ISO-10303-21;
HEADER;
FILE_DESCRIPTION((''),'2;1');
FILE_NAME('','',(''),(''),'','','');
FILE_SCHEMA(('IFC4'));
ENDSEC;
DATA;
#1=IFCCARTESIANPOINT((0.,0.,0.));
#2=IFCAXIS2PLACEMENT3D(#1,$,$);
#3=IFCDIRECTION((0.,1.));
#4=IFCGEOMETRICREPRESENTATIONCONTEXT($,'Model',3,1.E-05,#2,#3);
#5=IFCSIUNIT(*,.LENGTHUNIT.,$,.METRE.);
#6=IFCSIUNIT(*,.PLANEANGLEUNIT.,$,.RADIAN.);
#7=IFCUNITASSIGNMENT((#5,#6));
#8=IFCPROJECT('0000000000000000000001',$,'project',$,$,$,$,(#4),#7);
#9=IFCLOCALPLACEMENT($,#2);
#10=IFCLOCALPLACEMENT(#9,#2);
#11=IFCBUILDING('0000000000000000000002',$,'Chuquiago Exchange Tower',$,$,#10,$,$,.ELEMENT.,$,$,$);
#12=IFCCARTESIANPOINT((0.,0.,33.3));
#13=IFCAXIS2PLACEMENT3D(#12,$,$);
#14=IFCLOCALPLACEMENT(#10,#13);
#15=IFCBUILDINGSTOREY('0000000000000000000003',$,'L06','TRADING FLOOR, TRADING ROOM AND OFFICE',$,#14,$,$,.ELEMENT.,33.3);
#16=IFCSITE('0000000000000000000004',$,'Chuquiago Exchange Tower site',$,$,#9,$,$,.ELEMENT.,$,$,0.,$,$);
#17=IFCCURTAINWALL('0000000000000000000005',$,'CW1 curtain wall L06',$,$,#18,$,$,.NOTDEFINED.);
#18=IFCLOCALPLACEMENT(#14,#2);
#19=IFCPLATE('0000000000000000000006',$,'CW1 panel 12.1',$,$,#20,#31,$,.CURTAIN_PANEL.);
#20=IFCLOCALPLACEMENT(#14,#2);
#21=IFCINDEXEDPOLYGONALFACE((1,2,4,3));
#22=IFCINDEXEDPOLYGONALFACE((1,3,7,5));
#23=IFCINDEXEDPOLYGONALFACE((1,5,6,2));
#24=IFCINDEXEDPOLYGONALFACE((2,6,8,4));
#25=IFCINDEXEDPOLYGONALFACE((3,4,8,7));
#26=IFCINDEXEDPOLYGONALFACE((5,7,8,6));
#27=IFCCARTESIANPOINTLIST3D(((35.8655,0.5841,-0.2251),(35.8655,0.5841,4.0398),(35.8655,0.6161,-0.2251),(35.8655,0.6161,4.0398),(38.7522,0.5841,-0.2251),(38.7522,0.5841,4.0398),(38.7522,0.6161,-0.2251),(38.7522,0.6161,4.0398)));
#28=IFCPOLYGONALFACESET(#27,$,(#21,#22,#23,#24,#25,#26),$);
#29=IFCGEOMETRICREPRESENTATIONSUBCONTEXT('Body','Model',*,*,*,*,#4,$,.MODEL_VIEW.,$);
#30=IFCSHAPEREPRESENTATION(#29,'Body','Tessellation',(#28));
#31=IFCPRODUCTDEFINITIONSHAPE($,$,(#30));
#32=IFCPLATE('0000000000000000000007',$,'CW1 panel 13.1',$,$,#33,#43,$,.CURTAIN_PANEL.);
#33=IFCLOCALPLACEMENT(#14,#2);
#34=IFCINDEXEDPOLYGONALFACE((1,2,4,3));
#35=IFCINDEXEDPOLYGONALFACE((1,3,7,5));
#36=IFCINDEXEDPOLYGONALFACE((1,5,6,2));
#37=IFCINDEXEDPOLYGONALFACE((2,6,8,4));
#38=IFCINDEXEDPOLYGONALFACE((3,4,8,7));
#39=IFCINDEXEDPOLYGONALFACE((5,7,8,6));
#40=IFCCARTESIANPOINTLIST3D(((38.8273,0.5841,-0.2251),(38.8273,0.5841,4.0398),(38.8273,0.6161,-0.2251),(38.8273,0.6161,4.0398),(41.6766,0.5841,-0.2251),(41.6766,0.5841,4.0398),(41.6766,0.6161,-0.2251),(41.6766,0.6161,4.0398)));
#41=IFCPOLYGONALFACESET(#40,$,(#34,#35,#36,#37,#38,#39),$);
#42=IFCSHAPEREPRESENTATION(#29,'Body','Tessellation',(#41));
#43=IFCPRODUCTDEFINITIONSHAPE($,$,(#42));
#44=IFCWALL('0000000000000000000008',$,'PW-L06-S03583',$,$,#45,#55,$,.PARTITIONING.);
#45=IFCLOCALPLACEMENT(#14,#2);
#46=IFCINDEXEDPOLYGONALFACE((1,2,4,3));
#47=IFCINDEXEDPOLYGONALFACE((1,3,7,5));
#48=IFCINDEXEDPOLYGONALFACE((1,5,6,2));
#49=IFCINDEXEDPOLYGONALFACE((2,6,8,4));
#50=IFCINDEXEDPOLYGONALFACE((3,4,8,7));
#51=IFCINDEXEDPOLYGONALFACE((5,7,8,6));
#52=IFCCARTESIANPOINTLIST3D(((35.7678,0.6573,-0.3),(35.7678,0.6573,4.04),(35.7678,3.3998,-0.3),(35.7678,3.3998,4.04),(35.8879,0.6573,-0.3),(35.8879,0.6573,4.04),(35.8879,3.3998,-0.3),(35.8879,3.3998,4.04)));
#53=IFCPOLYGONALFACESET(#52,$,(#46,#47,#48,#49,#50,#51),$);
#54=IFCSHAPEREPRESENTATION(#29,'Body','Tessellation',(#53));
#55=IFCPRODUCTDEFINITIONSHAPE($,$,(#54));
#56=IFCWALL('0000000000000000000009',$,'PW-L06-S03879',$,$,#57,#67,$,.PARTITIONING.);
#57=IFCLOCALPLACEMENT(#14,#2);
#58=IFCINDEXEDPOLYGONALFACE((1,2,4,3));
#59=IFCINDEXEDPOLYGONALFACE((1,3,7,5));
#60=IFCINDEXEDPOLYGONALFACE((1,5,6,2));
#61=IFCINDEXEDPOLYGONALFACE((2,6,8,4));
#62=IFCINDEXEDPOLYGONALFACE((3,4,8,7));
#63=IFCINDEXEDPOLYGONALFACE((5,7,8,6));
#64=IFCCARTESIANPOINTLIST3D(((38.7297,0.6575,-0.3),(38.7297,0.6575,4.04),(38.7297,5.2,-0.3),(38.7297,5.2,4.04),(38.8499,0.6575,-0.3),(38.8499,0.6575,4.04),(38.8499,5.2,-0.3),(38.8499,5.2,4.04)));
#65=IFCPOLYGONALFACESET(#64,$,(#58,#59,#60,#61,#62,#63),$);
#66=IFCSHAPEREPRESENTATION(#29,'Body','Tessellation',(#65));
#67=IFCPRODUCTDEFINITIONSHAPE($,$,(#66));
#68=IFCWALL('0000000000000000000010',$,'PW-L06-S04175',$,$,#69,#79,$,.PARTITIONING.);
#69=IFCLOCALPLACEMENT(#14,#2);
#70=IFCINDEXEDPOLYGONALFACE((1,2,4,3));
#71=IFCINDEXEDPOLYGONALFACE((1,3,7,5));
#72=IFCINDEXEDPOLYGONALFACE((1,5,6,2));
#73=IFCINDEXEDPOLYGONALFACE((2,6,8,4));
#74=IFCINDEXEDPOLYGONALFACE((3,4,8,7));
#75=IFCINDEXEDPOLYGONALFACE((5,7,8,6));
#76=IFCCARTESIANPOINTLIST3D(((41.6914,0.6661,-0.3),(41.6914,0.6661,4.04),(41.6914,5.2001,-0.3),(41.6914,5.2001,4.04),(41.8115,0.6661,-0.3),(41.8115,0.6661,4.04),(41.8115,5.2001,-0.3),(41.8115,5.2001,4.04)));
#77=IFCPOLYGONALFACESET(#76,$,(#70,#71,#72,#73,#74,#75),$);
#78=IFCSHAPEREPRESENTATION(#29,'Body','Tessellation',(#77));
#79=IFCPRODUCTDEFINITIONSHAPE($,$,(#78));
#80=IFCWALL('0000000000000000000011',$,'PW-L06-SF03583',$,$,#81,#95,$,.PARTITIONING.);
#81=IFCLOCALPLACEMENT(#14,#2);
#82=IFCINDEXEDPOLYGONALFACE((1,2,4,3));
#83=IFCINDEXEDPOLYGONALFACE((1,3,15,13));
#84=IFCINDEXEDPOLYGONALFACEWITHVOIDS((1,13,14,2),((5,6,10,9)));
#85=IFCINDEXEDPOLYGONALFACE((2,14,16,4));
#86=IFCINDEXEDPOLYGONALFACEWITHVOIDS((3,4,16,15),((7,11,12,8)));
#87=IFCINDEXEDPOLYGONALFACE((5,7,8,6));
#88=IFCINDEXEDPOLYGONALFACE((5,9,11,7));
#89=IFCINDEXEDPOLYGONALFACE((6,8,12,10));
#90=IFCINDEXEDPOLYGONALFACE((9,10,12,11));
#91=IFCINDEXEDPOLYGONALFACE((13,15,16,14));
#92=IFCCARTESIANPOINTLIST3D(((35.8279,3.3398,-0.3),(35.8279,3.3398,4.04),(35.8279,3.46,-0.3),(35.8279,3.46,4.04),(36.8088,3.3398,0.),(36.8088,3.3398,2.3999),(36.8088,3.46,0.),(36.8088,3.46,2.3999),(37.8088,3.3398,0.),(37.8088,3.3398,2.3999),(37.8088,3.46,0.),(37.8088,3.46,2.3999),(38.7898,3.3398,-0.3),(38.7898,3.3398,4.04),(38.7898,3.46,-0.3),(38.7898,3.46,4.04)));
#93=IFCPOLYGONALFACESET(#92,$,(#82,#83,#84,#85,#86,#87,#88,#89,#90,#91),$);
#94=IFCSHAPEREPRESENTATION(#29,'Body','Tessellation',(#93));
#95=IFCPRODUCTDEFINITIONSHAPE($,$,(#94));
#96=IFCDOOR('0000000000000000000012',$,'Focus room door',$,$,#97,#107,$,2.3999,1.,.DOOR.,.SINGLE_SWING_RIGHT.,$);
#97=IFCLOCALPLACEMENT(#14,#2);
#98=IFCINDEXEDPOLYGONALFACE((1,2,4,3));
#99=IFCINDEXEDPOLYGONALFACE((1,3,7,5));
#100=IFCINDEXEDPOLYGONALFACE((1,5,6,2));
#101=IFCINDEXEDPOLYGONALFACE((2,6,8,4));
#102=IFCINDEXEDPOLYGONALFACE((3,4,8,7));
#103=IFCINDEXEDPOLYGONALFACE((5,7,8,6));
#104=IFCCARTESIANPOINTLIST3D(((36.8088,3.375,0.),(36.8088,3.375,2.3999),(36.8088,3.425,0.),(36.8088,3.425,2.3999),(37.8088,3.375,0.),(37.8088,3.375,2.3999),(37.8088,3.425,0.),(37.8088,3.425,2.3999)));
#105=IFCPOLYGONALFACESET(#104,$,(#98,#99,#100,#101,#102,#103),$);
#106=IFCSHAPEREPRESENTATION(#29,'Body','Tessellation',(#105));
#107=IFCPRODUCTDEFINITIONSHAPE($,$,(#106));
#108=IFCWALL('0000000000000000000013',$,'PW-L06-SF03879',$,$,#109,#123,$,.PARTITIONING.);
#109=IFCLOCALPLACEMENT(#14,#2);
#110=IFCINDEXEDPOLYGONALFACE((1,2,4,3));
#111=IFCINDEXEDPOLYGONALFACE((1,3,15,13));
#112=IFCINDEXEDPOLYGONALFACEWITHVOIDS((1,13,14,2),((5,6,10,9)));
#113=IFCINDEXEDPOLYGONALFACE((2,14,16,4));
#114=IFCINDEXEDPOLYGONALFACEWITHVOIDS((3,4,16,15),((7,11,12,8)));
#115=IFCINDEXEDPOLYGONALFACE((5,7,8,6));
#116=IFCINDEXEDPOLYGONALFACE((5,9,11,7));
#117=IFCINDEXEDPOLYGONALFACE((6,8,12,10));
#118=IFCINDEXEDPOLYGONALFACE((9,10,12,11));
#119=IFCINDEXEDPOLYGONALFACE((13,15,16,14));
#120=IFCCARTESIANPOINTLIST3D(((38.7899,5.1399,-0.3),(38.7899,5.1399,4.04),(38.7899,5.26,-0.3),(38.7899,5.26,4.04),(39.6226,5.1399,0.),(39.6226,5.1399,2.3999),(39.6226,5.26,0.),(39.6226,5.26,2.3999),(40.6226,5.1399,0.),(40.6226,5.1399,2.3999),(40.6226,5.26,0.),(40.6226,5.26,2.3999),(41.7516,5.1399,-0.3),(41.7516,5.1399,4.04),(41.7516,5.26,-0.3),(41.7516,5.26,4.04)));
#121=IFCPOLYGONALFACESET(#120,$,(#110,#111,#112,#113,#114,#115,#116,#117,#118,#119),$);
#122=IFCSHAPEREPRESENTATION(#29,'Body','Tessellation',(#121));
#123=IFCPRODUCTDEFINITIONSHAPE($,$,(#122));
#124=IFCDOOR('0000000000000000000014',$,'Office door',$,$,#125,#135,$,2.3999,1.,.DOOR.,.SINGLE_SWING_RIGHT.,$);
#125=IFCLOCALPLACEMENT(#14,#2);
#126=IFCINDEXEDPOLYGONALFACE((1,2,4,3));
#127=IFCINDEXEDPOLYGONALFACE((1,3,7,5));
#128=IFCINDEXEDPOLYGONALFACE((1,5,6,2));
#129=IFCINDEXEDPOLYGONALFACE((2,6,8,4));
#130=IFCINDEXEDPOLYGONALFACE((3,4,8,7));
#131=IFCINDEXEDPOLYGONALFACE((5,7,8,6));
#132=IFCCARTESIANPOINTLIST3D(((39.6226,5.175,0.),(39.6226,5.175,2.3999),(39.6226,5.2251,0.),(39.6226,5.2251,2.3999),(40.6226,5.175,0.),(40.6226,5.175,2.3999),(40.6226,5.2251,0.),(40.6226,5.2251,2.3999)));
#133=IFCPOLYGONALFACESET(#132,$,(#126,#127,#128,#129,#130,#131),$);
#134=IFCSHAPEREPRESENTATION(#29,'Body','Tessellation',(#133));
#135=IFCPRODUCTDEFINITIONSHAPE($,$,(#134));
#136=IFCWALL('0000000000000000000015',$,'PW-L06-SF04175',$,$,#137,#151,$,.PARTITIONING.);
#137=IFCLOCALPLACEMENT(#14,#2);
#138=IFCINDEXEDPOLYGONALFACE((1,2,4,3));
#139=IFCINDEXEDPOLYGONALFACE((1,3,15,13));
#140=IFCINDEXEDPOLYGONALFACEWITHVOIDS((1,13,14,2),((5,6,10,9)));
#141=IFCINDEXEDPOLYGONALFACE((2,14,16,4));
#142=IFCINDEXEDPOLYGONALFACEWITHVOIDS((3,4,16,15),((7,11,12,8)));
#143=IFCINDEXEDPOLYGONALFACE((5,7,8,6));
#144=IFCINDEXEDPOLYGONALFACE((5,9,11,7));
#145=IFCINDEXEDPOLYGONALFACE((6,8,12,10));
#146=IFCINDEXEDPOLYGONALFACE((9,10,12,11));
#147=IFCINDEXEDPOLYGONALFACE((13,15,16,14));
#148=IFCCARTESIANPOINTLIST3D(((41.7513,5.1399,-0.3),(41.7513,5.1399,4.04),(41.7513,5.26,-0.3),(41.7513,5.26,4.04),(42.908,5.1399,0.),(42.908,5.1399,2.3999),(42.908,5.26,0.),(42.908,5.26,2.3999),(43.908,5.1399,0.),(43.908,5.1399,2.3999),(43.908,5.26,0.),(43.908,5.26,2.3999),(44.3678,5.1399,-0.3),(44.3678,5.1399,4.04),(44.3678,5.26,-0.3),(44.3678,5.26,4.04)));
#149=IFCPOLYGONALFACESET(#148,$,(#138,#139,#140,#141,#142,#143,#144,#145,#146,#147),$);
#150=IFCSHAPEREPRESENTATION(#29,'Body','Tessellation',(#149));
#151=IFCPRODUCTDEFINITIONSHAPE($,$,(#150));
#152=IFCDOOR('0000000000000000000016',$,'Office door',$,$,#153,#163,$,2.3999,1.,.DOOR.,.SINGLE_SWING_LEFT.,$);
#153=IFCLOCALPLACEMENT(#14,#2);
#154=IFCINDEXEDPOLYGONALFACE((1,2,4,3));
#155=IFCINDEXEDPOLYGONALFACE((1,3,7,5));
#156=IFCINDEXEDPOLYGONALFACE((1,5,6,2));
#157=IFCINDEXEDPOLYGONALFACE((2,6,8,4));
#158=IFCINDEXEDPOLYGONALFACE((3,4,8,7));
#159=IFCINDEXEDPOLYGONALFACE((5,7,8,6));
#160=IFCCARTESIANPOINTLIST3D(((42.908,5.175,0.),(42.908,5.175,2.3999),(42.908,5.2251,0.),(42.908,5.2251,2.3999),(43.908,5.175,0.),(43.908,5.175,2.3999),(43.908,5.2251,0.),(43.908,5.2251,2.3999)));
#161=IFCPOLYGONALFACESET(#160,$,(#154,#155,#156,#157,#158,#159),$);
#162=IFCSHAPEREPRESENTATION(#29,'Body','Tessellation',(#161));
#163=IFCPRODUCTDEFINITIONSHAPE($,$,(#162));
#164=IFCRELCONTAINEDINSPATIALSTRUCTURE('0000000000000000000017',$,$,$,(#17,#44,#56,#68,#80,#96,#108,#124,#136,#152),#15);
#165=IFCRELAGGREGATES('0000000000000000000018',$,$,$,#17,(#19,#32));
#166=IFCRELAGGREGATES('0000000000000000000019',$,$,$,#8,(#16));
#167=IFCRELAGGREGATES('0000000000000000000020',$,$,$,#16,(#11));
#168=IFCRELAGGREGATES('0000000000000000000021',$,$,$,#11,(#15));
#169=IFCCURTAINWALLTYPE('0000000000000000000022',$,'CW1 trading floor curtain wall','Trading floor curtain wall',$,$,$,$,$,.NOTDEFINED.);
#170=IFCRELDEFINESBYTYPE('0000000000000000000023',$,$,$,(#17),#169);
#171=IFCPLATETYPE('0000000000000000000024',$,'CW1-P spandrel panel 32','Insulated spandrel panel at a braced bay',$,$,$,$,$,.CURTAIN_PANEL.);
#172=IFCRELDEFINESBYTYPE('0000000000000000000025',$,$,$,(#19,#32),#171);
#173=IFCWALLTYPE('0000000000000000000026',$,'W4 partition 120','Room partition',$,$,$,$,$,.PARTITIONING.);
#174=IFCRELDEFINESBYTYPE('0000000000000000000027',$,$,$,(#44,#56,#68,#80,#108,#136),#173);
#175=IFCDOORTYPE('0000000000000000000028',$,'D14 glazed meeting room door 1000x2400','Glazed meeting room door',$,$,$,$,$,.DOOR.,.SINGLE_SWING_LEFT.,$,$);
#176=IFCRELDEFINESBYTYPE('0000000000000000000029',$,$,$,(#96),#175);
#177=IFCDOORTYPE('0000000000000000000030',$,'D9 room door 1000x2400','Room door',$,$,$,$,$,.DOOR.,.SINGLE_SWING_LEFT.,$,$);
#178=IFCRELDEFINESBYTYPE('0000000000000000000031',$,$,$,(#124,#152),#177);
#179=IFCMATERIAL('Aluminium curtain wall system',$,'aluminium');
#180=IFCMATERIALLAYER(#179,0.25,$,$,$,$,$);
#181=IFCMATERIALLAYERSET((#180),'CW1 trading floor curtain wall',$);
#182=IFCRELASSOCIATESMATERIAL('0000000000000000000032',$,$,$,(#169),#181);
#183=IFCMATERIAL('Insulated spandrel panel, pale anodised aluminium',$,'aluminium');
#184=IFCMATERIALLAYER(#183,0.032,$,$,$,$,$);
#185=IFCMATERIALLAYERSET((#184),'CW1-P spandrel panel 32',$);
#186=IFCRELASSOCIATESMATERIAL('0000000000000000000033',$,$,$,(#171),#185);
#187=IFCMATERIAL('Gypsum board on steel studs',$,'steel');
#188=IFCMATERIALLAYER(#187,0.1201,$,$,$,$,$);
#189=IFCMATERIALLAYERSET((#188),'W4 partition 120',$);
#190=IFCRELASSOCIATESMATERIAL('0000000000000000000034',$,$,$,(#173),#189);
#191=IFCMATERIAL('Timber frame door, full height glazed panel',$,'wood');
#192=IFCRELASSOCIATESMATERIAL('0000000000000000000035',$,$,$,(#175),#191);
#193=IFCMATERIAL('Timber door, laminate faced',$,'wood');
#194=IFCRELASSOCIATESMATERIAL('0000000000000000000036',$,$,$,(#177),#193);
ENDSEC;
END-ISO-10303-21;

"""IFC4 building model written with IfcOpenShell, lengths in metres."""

from ifc_helpers import new_model, si_unit, direction, frame, frame_2d, origin, origin_2d, place, context, subcontext, project, spatial, rectangle, extrude, material, layer, layer_set, type_object, element, fill, aggregate, save


model = new_model("IFC4")

# Units and contexts
model_context = context("Model", 3, precision=1e-05, world=origin(), true_north=direction((0.0, 1.0)))
body_context = subcontext(model_context, "Body", "Model", "MODEL_VIEW")
ifc_project = project(units=[si_unit("LENGTHUNIT", "METRE"), si_unit("PLANEANGLEUNIT", "RADIAN")], contexts=[model_context])

# Site, building, storey
site_placement = place(None, origin())
site = spatial("IfcSite", under=ifc_project, at=site_placement, Name="Chuquiago Exchange Tower site", CompositionType="ELEMENT", RefElevation=0.0)
building_placement = place(site_placement, origin())
building = spatial("IfcBuilding", under=site, at=building_placement, Name="Chuquiago Exchange Tower", CompositionType="ELEMENT")
storey_placement = place(building_placement, frame((0.0, 0.0, 33.3)))
storey = spatial("IfcBuildingStorey", under=building, at=storey_placement, Name="L06", Description="TRADING FLOOR, TRADING ROOM AND OFFICE", CompositionType="ELEMENT", Elevation=33.3)

# Curtain wall
ifc_material_1 = material(Name="Aluminium curtain wall system", Category="aluminium")
ifc_layer_1 = layer(ifc_material_1, 0.25)
ifc_layer_set_1 = layer_set([ifc_layer_1], Name="CW1 trading floor curtain wall")
curtain_wall_type = type_object("IfcCurtainWallType", Name="CW1 trading floor curtain wall", Description="Trading floor curtain wall", PredefinedType="NOTDEFINED", material=ifc_layer_set_1)
curtain_wall_placement = place(storey_placement, origin())
curtain_wall = element("IfcCurtainWall", 1, at=curtain_wall_placement, inside=storey, type_object=curtain_wall_type, Name="CW1 curtain wall L06", PredefinedType="NOTDEFINED")

# Plates
ifc_material_2 = material(Name="Insulated spandrel panel, pale anodised aluminium", Category="aluminium")
ifc_layer_2 = layer(ifc_material_2, 0.032)
ifc_layer_set_2 = layer_set([ifc_layer_2], Name="CW1-P spandrel panel 32")
plate_type_1 = type_object("IfcPlateType", Name="CW1-P spandrel panel 32", Description="Insulated spandrel panel at a braced bay", PredefinedType="CURTAIN_PANEL", material=ifc_layer_set_2)
plate_1_placement = place(storey_placement, frame((37.3088, 0.6001, -0.2251), z_axis=(0.0, 0.0, 1.0), x_axis=(1.0, 0.0, 0.0)))
plate_1 = element("IfcPlate", 2, at=plate_1_placement, type_object=plate_type_1, Name="CW1 panel 12.1", PredefinedType="CURTAIN_PANEL", context=body_context, shape_type="SweptSolid", body=[
    extrude(rectangle(XDim=2.8867, YDim=0.032, at=origin_2d()), origin(), (0.0, 0.0, 1.0), 4.2649),
])
plate_2_placement = place(storey_placement, frame((40.252, 0.6001, -0.2251), z_axis=(0.0, 0.0, 1.0), x_axis=(1.0, 0.0, 0.0)))
plate_2 = element("IfcPlate", 3, at=plate_2_placement, type_object=plate_type_1, Name="CW1 panel 13.1", PredefinedType="CURTAIN_PANEL", context=body_context, shape_type="SweptSolid", body=[
    extrude(rectangle(XDim=2.8494, YDim=0.032, at=origin_2d()), origin(), (0.0, 0.0, 1.0), 4.2649),
])
aggregate(curtain_wall, [plate_1, plate_2])

# Walls
ifc_material_3 = material(Name="Gypsum board on steel studs", Category="steel")
ifc_layer_3 = layer(ifc_material_3, 0.1201)
ifc_layer_set_3 = layer_set([ifc_layer_3], Name="W4 partition 120")
wall_type = type_object("IfcWallType", Name="W4 partition 120", Description="Room partition", PredefinedType="PARTITIONING", material=ifc_layer_set_3)
wall_1_placement = place(storey_placement, frame((35.8279, 0.6575, -0.3), z_axis=(0.0, 0.0, 1.0), x_axis=(0.0, 1.0, 0.0)))
element("IfcWall", 4, at=wall_1_placement, inside=storey, type_object=wall_type, Name="PW-L06-S03583", PredefinedType="PARTITIONING", context=body_context, shape_type="SweptSolid", body=[
    extrude(rectangle(XDim=2.7424, YDim=0.1201, at=frame_2d((1.3711, 0.0))), origin(), (0.0, 0.0, 1.0), 4.3401),
])
wall_2_placement = place(storey_placement, frame((38.7898, 0.6575, -0.3), z_axis=(0.0, 0.0, 1.0), x_axis=(0.0, 1.0, 0.0)))
element("IfcWall", 5, at=wall_2_placement, inside=storey, type_object=wall_type, Name="PW-L06-S03879", PredefinedType="PARTITIONING", context=body_context, shape_type="SweptSolid", body=[
    extrude(rectangle(XDim=4.5425, YDim=0.1201, at=frame_2d((2.2712, 0.0))), origin(), (0.0, 0.0, 1.0), 4.3401),
])
wall_3_placement = place(storey_placement, frame((41.7515, 0.666, -0.3), z_axis=(0.0, 0.0, 1.0), x_axis=(0.0, 1.0, 0.0)))
element("IfcWall", 6, at=wall_3_placement, inside=storey, type_object=wall_type, Name="PW-L06-S04175", PredefinedType="PARTITIONING", context=body_context, shape_type="SweptSolid", body=[
    extrude(rectangle(XDim=4.5339, YDim=0.1201, at=frame_2d((2.2671, 0.0))), origin(), (0.0, 0.0, 1.0), 4.3401),
])

# Walls, openings, doors
wall_4_placement = place(storey_placement, frame((35.8279, 3.3999, -0.3), z_axis=(0.0, 0.0, 1.0), x_axis=(1.0, 0.0, 0.0)))
wall_4 = element("IfcWall", 7, at=wall_4_placement, inside=storey, type_object=wall_type, Name="PW-L06-SF03583", PredefinedType="PARTITIONING", context=body_context, shape_type="SweptSolid", body=[
    extrude(rectangle(XDim=2.9619, YDim=0.1201, at=frame_2d((1.481, 0.0))), origin(), (0.0, 0.0, 1.0), 4.3401),
])
opening_1_placement = place(wall_4_placement, frame((0.981, 0.0, 0.3)))
opening_1 = element("IfcOpeningElement", 8, at=opening_1_placement, cuts=wall_4, PredefinedType="OPENING", context=body_context, shape_type="SweptSolid", body=[
    extrude(rectangle(XDim=1.0, YDim=2.3999, at=frame_2d((0.5, 1.2))), frame((0.0, 0.0701, 0.0), z_axis=(0.0, -1.0, 0.0), x_axis=(1.0, 0.0, 0.0)), (0.0, 0.0, 1.0), 0.1401),
])
ifc_material_4 = material(Name="Timber frame door, full height glazed panel", Category="wood")
door_type_1 = type_object("IfcDoorType", Name="D14 glazed meeting room door 1000x2400", Description="Glazed meeting room door", OperationType="SINGLE_SWING_LEFT", PredefinedType="DOOR", material=ifc_material_4)
door_1_placement = place(opening_1_placement, frame((1.0, 0.0, 0.0), z_axis=(0.0, 0.0, 1.0), x_axis=(-1.0, 0.0, 0.0)))
door_1 = element("IfcDoor", 9, at=door_1_placement, inside=storey, type_object=door_type_1, Name="Focus room door", OperationType="SINGLE_SWING_RIGHT", OverallHeight=2.3999, OverallWidth=1.0, PredefinedType="DOOR", context=body_context, shape_type="SweptSolid", body=[
    extrude(rectangle(XDim=1.0, YDim=2.3999, at=frame_2d((0.5, 1.2))), frame((0.0, 0.0249, 0.0), z_axis=(0.0, -1.0, 0.0), x_axis=(1.0, 0.0, 0.0)), (0.0, 0.0, 1.0), 0.05),
])
fill(opening_1, door_1)
wall_5_placement = place(storey_placement, frame((38.7898, 5.2, -0.3), z_axis=(0.0, 0.0, 1.0), x_axis=(1.0, 0.0, 0.0)))
wall_5 = element("IfcWall", 10, at=wall_5_placement, inside=storey, type_object=wall_type, Name="PW-L06-SF03879", PredefinedType="PARTITIONING", context=body_context, shape_type="SweptSolid", body=[
    extrude(rectangle(XDim=2.9617, YDim=0.1201, at=frame_2d((1.481, 0.0))), origin(), (0.0, 0.0, 1.0), 4.3401),
])
opening_2_placement = place(wall_5_placement, frame((0.8328, 0.0, 0.3)))
opening_2 = element("IfcOpeningElement", 11, at=opening_2_placement, cuts=wall_5, PredefinedType="OPENING", context=body_context, shape_type="SweptSolid", body=[
    extrude(rectangle(XDim=1.0, YDim=2.3999, at=frame_2d((0.5, 1.2))), frame((0.0, 0.0701, 0.0), z_axis=(0.0, -1.0, 0.0), x_axis=(1.0, 0.0, 0.0)), (0.0, 0.0, 1.0), 0.1401),
])
ifc_material_5 = material(Name="Timber door, laminate faced", Category="wood")
door_type_2 = type_object("IfcDoorType", Name="D9 room door 1000x2400", Description="Room door", OperationType="SINGLE_SWING_LEFT", PredefinedType="DOOR", material=ifc_material_5)
door_2_placement = place(opening_2_placement, frame((1.0, 0.0, 0.0), z_axis=(0.0, 0.0, 1.0), x_axis=(-1.0, 0.0, 0.0)))
door_2 = element("IfcDoor", 12, at=door_2_placement, inside=storey, type_object=door_type_2, Name="Office door", OperationType="SINGLE_SWING_RIGHT", OverallHeight=2.3999, OverallWidth=1.0, PredefinedType="DOOR", context=body_context, shape_type="SweptSolid", body=[
    extrude(rectangle(XDim=1.0, YDim=2.3999, at=frame_2d((0.5, 1.2))), frame((0.0, 0.0249, 0.0), z_axis=(0.0, -1.0, 0.0), x_axis=(1.0, 0.0, 0.0)), (0.0, 0.0, 1.0), 0.05),
])
fill(opening_2, door_2)
wall_6_placement = place(storey_placement, frame((41.7515, 5.2, -0.3), z_axis=(0.0, 0.0, 1.0), x_axis=(1.0, 0.0, 0.0)))
wall_6 = element("IfcWall", 13, at=wall_6_placement, inside=storey, type_object=wall_type, Name="PW-L06-SF04175", PredefinedType="PARTITIONING", context=body_context, shape_type="SweptSolid", body=[
    extrude(rectangle(XDim=2.6165, YDim=0.1201, at=frame_2d((1.3081, 0.0))), origin(), (0.0, 0.0, 1.0), 4.3401),
])
opening_3_placement = place(wall_6_placement, frame((1.1565, 0.0, 0.3)))
opening_3 = element("IfcOpeningElement", 14, at=opening_3_placement, cuts=wall_6, PredefinedType="OPENING", context=body_context, shape_type="SweptSolid", body=[
    extrude(rectangle(XDim=1.0, YDim=2.3999, at=frame_2d((0.5, 1.2))), frame((0.0, 0.0701, 0.0), z_axis=(0.0, -1.0, 0.0), x_axis=(1.0, 0.0, 0.0)), (0.0, 0.0, 1.0), 0.1401),
])
door_3_placement = place(opening_3_placement, frame((1.0, 0.0, 0.0), z_axis=(0.0, 0.0, 1.0), x_axis=(-1.0, 0.0, 0.0)))
door_3 = element("IfcDoor", 15, at=door_3_placement, inside=storey, type_object=door_type_2, Name="Office door", OperationType="SINGLE_SWING_LEFT", OverallHeight=2.3999, OverallWidth=1.0, PredefinedType="DOOR", context=body_context, shape_type="SweptSolid", body=[
    extrude(rectangle(XDim=1.0, YDim=2.3999, at=frame_2d((0.5, 1.2))), frame((0.0, 0.0249, 0.0), z_axis=(0.0, -1.0, 0.0), x_axis=(1.0, 0.0, 0.0)), (0.0, 0.0, 1.0), 0.05),
])
fill(opening_3, door_3)

save(model, "model.ifc")
